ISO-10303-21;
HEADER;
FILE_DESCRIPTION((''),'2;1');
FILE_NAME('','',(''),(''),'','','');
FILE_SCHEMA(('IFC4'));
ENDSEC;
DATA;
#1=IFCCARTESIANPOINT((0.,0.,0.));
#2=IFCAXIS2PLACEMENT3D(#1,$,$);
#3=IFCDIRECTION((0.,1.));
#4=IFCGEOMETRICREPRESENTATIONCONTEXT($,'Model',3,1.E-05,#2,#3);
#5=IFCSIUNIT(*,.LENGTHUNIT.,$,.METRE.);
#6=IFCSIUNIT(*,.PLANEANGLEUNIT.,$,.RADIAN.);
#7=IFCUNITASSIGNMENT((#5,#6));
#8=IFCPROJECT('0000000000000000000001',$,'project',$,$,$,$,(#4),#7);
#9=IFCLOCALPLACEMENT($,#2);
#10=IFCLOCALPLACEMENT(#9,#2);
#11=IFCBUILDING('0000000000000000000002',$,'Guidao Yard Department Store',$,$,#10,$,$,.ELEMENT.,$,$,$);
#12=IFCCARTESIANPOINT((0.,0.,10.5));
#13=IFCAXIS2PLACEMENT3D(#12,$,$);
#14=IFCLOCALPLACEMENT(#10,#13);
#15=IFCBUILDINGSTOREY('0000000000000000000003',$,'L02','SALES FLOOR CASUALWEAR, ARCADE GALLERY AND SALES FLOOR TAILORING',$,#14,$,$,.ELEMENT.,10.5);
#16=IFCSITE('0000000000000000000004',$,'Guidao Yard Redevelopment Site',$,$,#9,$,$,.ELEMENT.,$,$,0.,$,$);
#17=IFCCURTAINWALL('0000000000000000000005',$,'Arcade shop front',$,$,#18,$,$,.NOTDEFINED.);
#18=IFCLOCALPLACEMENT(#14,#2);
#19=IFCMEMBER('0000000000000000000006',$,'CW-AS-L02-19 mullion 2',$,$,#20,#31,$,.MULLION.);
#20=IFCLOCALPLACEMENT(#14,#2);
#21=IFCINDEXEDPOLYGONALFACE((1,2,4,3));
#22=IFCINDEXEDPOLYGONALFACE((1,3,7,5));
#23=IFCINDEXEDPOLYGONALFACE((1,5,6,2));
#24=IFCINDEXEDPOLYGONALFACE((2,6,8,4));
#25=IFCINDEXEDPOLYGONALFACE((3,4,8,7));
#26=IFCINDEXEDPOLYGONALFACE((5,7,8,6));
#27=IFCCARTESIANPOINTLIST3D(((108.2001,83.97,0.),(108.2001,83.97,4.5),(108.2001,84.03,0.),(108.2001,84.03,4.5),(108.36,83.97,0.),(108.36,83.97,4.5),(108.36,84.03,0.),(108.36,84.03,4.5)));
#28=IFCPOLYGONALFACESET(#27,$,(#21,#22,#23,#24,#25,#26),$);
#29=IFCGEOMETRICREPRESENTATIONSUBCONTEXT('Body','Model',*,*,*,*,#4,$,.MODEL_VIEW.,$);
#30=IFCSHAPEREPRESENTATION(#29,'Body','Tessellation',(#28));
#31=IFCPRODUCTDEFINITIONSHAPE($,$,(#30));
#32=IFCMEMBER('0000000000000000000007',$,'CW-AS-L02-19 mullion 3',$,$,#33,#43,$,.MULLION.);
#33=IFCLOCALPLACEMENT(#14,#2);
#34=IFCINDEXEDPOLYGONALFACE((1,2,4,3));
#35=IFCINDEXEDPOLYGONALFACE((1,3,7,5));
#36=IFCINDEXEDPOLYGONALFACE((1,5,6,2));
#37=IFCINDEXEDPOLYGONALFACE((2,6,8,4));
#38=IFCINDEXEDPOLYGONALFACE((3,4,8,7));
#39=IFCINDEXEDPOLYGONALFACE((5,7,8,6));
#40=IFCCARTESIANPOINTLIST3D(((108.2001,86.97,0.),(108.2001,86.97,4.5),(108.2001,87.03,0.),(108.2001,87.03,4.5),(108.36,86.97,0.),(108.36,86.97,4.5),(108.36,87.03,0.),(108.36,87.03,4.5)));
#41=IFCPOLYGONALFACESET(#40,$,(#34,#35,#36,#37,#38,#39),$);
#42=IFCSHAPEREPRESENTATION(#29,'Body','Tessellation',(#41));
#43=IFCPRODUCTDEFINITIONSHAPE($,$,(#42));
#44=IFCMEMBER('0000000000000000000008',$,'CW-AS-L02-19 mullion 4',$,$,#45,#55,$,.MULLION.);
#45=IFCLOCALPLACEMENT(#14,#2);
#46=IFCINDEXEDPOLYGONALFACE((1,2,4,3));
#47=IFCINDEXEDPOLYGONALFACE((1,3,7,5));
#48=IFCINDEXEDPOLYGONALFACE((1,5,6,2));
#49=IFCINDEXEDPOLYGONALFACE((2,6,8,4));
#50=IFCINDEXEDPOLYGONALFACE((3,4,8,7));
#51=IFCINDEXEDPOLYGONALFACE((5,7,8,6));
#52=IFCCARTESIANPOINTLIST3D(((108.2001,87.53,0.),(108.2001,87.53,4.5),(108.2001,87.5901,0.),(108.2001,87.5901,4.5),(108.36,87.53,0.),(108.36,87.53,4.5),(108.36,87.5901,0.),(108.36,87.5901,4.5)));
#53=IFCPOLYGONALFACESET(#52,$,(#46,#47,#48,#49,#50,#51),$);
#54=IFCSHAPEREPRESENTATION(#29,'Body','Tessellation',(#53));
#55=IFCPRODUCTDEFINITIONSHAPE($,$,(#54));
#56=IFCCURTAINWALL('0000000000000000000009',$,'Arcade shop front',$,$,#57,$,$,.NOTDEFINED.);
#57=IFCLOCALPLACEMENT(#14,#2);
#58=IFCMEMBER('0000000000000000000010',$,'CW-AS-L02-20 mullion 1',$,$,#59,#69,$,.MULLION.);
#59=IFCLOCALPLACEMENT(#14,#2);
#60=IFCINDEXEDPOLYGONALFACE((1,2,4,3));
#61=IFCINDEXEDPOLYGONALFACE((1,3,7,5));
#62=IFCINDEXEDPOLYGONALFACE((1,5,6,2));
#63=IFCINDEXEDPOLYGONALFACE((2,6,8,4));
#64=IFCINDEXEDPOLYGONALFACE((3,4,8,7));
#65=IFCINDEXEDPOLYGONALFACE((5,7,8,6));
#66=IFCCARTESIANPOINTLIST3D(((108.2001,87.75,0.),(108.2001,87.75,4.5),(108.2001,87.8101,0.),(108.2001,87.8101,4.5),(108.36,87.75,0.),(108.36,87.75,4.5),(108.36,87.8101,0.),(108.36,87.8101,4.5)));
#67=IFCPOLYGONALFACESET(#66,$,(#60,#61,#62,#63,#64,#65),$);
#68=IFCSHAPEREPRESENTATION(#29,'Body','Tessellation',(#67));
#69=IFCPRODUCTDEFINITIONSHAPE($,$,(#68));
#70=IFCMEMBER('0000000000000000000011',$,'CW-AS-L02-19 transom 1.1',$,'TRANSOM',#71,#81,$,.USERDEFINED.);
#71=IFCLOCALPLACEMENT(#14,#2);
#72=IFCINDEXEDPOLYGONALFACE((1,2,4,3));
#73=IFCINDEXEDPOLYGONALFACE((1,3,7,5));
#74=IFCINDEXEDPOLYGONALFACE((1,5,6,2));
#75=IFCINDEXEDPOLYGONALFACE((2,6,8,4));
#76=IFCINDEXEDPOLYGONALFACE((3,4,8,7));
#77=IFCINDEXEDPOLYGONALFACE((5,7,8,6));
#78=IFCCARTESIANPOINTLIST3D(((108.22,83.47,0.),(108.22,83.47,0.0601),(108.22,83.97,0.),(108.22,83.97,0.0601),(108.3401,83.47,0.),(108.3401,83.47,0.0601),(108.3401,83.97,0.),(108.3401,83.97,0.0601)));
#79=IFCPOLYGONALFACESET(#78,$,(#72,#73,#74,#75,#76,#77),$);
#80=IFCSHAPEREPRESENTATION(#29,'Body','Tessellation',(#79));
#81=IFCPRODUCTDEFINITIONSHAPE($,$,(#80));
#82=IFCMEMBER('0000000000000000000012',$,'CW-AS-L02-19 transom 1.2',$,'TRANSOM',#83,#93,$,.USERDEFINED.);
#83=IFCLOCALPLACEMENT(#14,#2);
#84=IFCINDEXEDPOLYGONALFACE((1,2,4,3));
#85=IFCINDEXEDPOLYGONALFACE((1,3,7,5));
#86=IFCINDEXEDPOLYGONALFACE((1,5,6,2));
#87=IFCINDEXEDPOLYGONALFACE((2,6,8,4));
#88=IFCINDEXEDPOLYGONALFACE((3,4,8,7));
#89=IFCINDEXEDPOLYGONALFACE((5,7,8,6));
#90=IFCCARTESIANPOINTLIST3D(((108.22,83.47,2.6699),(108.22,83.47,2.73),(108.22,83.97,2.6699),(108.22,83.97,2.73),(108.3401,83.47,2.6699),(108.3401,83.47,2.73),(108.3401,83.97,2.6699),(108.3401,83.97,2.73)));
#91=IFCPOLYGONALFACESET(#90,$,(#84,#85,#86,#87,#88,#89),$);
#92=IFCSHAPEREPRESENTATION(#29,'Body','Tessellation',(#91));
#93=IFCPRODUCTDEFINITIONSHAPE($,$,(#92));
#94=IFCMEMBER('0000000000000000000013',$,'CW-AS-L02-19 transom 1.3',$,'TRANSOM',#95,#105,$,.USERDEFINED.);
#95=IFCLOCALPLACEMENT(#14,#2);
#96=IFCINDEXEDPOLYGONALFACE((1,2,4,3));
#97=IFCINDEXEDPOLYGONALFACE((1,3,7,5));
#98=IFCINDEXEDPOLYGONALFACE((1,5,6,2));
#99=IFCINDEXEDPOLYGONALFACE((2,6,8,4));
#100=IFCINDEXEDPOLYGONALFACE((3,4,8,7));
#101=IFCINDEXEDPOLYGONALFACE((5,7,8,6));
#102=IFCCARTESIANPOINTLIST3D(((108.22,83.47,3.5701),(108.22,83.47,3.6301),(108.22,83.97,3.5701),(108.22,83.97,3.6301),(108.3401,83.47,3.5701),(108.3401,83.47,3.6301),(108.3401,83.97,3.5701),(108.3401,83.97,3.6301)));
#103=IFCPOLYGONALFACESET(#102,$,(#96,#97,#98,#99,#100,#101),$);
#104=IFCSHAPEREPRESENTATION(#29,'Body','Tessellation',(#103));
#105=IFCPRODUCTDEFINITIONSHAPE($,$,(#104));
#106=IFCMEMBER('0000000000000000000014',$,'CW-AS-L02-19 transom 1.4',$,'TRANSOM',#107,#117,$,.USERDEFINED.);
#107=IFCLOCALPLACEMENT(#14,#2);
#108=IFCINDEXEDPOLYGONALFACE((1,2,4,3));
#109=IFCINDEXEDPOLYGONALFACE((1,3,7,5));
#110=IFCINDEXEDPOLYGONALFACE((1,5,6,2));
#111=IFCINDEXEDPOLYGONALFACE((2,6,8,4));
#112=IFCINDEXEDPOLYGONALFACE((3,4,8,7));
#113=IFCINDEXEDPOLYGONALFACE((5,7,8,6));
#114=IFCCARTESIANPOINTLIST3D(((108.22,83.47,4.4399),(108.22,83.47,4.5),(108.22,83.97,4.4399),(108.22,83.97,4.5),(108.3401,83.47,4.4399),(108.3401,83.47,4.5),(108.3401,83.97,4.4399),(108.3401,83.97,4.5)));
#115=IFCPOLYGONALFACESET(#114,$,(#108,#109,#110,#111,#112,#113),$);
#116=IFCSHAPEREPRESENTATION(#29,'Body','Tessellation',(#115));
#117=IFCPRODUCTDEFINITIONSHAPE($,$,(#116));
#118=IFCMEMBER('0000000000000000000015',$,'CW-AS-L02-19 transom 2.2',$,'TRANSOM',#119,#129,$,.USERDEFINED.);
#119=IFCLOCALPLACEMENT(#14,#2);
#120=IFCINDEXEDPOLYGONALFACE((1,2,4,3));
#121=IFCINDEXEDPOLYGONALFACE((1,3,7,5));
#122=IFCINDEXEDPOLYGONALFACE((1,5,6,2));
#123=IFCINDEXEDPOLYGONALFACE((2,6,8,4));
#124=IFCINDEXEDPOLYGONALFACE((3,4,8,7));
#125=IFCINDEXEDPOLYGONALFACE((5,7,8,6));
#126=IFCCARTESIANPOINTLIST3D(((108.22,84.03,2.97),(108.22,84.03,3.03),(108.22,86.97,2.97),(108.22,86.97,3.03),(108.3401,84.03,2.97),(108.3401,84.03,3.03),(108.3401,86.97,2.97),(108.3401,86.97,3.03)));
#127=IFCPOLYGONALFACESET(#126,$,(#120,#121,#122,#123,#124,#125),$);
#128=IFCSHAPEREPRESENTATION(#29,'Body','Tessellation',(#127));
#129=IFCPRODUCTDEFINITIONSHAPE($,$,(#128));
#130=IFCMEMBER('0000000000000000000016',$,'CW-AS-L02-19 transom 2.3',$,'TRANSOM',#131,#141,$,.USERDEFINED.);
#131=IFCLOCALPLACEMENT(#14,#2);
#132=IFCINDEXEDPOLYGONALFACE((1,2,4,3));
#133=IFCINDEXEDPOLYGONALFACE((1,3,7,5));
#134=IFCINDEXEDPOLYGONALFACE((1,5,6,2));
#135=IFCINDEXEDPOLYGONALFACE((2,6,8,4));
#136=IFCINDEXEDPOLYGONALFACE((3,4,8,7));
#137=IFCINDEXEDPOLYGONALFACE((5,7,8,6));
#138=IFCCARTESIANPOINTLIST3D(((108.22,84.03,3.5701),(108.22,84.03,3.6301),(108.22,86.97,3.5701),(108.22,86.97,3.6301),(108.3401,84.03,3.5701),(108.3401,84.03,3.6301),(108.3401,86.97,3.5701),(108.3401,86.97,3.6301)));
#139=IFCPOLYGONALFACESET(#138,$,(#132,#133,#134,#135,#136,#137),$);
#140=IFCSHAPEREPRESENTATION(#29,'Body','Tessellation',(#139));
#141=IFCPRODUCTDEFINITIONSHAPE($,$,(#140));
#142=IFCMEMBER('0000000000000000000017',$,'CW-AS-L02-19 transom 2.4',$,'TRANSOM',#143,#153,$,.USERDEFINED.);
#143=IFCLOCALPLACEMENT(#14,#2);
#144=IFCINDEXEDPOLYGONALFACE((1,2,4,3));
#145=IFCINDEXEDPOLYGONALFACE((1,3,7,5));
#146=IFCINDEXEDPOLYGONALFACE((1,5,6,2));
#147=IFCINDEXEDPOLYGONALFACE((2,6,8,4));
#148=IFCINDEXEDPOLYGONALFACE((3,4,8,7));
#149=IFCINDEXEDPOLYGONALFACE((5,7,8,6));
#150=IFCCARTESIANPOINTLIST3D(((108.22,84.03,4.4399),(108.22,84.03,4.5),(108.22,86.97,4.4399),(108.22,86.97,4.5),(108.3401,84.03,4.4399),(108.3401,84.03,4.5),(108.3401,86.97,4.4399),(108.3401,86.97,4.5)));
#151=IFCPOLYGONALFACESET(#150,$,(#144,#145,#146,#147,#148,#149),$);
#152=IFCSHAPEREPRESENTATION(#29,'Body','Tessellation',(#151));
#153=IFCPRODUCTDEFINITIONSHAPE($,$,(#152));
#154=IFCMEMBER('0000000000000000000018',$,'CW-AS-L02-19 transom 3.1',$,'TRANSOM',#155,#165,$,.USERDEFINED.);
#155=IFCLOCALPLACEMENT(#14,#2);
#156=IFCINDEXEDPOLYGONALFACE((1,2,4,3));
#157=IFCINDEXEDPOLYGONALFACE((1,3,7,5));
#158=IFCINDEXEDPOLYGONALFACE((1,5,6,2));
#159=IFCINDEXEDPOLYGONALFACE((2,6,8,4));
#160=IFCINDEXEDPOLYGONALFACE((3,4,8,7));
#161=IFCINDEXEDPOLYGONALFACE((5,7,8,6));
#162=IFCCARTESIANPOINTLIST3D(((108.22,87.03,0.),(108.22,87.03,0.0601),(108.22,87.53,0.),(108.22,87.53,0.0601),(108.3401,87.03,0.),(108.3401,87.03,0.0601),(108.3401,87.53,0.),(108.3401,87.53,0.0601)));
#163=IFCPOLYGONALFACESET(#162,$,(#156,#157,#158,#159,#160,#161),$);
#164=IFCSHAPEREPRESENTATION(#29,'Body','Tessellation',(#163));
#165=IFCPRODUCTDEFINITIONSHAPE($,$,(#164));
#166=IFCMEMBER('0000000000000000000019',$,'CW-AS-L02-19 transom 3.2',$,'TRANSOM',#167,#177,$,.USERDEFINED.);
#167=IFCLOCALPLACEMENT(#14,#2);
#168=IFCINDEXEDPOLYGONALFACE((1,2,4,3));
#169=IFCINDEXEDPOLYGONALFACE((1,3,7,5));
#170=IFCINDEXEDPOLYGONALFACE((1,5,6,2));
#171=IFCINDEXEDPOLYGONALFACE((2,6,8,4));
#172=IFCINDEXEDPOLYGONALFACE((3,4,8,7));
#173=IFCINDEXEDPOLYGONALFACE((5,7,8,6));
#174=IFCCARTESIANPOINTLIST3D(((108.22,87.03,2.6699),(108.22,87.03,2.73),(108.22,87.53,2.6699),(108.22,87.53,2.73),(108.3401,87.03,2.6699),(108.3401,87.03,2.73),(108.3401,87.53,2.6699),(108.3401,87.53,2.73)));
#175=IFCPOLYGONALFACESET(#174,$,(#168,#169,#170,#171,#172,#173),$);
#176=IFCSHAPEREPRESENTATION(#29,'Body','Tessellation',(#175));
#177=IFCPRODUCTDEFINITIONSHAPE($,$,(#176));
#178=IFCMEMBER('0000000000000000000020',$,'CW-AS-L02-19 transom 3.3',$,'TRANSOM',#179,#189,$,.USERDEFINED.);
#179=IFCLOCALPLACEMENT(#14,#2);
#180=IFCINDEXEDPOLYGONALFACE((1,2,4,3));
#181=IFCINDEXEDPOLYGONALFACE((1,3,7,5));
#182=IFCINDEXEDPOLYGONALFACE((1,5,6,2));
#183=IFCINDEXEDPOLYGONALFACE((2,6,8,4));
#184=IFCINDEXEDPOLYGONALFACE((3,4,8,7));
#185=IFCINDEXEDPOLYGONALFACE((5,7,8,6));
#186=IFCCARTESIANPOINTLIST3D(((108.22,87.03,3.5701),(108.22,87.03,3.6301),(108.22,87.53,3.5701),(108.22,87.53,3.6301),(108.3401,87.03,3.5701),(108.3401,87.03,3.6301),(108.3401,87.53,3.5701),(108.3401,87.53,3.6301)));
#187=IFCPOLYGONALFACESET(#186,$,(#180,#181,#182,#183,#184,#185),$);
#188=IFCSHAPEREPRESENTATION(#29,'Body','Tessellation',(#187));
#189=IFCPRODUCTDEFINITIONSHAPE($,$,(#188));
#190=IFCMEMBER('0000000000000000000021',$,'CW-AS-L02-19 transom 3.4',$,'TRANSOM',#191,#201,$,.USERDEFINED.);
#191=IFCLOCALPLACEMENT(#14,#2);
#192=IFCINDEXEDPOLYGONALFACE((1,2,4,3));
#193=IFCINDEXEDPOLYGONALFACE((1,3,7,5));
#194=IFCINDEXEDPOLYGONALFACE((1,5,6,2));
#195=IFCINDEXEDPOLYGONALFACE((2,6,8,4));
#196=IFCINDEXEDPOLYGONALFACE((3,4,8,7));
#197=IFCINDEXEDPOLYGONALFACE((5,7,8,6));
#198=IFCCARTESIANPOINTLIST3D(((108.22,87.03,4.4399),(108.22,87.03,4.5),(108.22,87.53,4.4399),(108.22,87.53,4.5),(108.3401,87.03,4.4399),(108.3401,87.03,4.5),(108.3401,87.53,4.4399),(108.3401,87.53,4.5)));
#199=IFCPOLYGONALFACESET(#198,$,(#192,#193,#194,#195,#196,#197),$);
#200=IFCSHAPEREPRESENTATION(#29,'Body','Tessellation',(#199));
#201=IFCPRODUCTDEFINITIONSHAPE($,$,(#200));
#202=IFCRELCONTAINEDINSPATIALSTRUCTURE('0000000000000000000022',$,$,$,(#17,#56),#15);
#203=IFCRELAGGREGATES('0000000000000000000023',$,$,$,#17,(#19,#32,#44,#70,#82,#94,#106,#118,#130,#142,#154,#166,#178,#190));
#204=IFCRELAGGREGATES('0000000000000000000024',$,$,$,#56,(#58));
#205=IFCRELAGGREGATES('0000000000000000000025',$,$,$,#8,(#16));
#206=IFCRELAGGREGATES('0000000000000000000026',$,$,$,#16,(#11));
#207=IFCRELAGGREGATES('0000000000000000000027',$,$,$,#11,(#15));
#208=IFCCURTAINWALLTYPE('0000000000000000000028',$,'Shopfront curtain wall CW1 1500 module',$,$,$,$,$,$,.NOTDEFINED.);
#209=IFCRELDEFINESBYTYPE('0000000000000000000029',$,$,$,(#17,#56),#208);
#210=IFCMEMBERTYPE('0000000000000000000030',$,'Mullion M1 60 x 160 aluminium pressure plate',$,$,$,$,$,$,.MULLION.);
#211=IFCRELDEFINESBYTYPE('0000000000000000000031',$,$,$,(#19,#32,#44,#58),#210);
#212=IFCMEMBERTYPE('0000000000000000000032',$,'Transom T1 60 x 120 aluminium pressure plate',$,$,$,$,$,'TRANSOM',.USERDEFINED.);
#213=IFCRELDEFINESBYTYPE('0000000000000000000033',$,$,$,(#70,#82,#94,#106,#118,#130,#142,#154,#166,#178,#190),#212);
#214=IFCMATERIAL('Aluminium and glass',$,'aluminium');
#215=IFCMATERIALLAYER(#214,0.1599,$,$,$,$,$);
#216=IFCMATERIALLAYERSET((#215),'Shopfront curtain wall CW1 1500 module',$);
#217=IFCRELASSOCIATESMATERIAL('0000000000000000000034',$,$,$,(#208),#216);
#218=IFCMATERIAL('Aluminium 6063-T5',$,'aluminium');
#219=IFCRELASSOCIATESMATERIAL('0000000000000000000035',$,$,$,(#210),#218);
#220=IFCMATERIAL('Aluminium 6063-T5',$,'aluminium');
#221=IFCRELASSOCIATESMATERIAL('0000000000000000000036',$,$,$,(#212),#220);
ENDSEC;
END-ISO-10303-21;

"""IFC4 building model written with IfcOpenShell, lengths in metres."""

from ifc_helpers import new_model, si_unit, direction, frame, origin, origin_2d, place, context, subcontext, project, spatial, rectangle, extrude, material, layer, layer_set, material_profile, profile_set, type_object, element, aggregate, save


model = new_model("IFC4")

# Units and contexts
model_context = context("Model", 3, precision=1e-05, world=origin(), true_north=direction((0.0, 1.0)))
body_context = subcontext(model_context, "Body", "Model", "MODEL_VIEW")
ifc_project = project(units=[si_unit("LENGTHUNIT", "METRE"), si_unit("PLANEANGLEUNIT", "RADIAN")], contexts=[model_context])

# Site, building, storey
site_placement = place(None, origin())
site = spatial("IfcSite", under=ifc_project, at=site_placement, Name="Guidao Yard Redevelopment Site", CompositionType="ELEMENT", RefElevation=0.0)
building_placement = place(site_placement, origin())
building = spatial("IfcBuilding", under=site, at=building_placement, Name="Guidao Yard Department Store", CompositionType="ELEMENT")
storey_placement = place(building_placement, frame((0.0, 0.0, 10.5)))
storey = spatial("IfcBuildingStorey", under=building, at=storey_placement, Name="L02", Description="SALES FLOOR CASUALWEAR, ARCADE GALLERY AND SALES FLOOR TAILORING", CompositionType="ELEMENT", Elevation=10.5)

# Curtain wall, members
ifc_material_1 = material(Name="Aluminium and glass", Category="aluminium")
ifc_layer_1 = layer(ifc_material_1, 0.1599)
ifc_layer_set_1 = layer_set([ifc_layer_1], Name="Shopfront curtain wall CW1 1500 module")
curtain_wall_type = type_object("IfcCurtainWallType", Name="Shopfront curtain wall CW1 1500 module", PredefinedType="NOTDEFINED", material=ifc_layer_set_1)
curtain_wall_1_placement = place(storey_placement, origin())
curtain_wall_1 = element("IfcCurtainWall", 1, at=curtain_wall_1_placement, inside=storey, type_object=curtain_wall_type, Name="Arcade shop front", PredefinedType="NOTDEFINED")
ifc_material_2 = material(Name="Aluminium 6063-T5", Category="aluminium")
ifc_material_profile_1 = material_profile(ifc_material_2, rectangle(XDim=0.0601, YDim=0.1599, at=origin_2d()), Name="Mullion M1 60 x 160 aluminium pressure plate")
ifc_profile_set_1 = profile_set([ifc_material_profile_1], Name="Aluminium 6063-T5")
member_type_1 = type_object("IfcMemberType", Name="Mullion M1 60 x 160 aluminium pressure plate", PredefinedType="MULLION", material=ifc_profile_set_1)
member_1_placement = place(storey_placement, frame((108.28, 84.0, 0.0), z_axis=(0.0, 0.0, 1.0), x_axis=(0.0, -1.0, 0.0)))
member_1 = element("IfcMember", 2, at=member_1_placement, type_object=member_type_1, Name="CW-AS-L02-19 mullion 2", PredefinedType="MULLION", context=body_context, shape_type="SweptSolid", body=[
    extrude(rectangle(XDim=0.0601, YDim=0.1599, at=origin_2d()), origin(), (0.0, 0.0, 1.0), 4.5),
])
member_2_placement = place(storey_placement, frame((108.28, 87.0, 0.0), z_axis=(0.0, 0.0, 1.0), x_axis=(0.0, -1.0, 0.0)))
member_2 = element("IfcMember", 3, at=member_2_placement, type_object=member_type_1, Name="CW-AS-L02-19 mullion 3", PredefinedType="MULLION", context=body_context, shape_type="SweptSolid", body=[
    extrude(rectangle(XDim=0.0601, YDim=0.1599, at=origin_2d()), origin(), (0.0, 0.0, 1.0), 4.5),
])
member_3_placement = place(storey_placement, frame((108.28, 87.5601, 0.0), z_axis=(0.0, 0.0, 1.0), x_axis=(0.0, -1.0, 0.0)))
member_3 = element("IfcMember", 4, at=member_3_placement, type_object=member_type_1, Name="CW-AS-L02-19 mullion 4", PredefinedType="MULLION", context=body_context, shape_type="SweptSolid", body=[
    extrude(rectangle(XDim=0.0601, YDim=0.1599, at=origin_2d()), origin(), (0.0, 0.0, 1.0), 4.5),
])

# Curtain wall, member
curtain_wall_2_placement = place(storey_placement, origin())
curtain_wall_2 = element("IfcCurtainWall", 5, at=curtain_wall_2_placement, inside=storey, type_object=curtain_wall_type, Name="Arcade shop front", PredefinedType="NOTDEFINED")
member_4_placement = place(storey_placement, frame((108.28, 87.78, 0.0), z_axis=(0.0, 0.0, 1.0), x_axis=(0.0, -1.0, 0.0)))
member_4 = element("IfcMember", 6, at=member_4_placement, type_object=member_type_1, Name="CW-AS-L02-20 mullion 1", PredefinedType="MULLION", context=body_context, shape_type="SweptSolid", body=[
    extrude(rectangle(XDim=0.0601, YDim=0.1599, at=origin_2d()), origin(), (0.0, 0.0, 1.0), 4.5),
])

# Members
ifc_material_3 = material(Name="Aluminium 6063-T5", Category="aluminium")
ifc_material_profile_2 = material_profile(ifc_material_3, rectangle(XDim=0.1201, YDim=0.0601, at=origin_2d()), Name="Transom T1 60 x 120 aluminium pressure plate")
ifc_profile_set_2 = profile_set([ifc_material_profile_2], Name="Aluminium 6063-T5")
member_type_2 = type_object("IfcMemberType", Name="Transom T1 60 x 120 aluminium pressure plate", ElementType="TRANSOM", PredefinedType="USERDEFINED", material=ifc_profile_set_2)
member_5_placement = place(storey_placement, frame((108.28, 83.97, 0.03), z_axis=(0.0, -1.0, 0.0), x_axis=(1.0, 0.0, 0.0)))
member_5 = element("IfcMember", 7, at=member_5_placement, type_object=member_type_2, Name="CW-AS-L02-19 transom 1.1", ObjectType="TRANSOM", PredefinedType="USERDEFINED", context=body_context, shape_type="SweptSolid", body=[
    extrude(rectangle(XDim=0.1201, YDim=0.0601, at=origin_2d()), origin(), (0.0, 0.0, 1.0), 0.5),
])
member_6_placement = place(storey_placement, frame((108.28, 83.97, 2.7), z_axis=(0.0, -1.0, 0.0), x_axis=(1.0, 0.0, 0.0)))
member_6 = element("IfcMember", 8, at=member_6_placement, type_object=member_type_2, Name="CW-AS-L02-19 transom 1.2", ObjectType="TRANSOM", PredefinedType="USERDEFINED", context=body_context, shape_type="SweptSolid", body=[
    extrude(rectangle(XDim=0.1201, YDim=0.0601, at=origin_2d()), origin(), (0.0, 0.0, 1.0), 0.5),
])
member_7_placement = place(storey_placement, frame((108.28, 83.97, 3.6001), z_axis=(0.0, -1.0, 0.0), x_axis=(1.0, 0.0, 0.0)))
member_7 = element("IfcMember", 9, at=member_7_placement, type_object=member_type_2, Name="CW-AS-L02-19 transom 1.3", ObjectType="TRANSOM", PredefinedType="USERDEFINED", context=body_context, shape_type="SweptSolid", body=[
    extrude(rectangle(XDim=0.1201, YDim=0.0601, at=origin_2d()), origin(), (0.0, 0.0, 1.0), 0.5),
])
member_8_placement = place(storey_placement, frame((108.28, 83.97, 4.47), z_axis=(0.0, -1.0, 0.0), x_axis=(1.0, 0.0, 0.0)))
member_8 = element("IfcMember", 10, at=member_8_placement, type_object=member_type_2, Name="CW-AS-L02-19 transom 1.4", ObjectType="TRANSOM", PredefinedType="USERDEFINED", context=body_context, shape_type="SweptSolid", body=[
    extrude(rectangle(XDim=0.1201, YDim=0.0601, at=origin_2d()), origin(), (0.0, 0.0, 1.0), 0.5),
])
member_9_placement = place(storey_placement, frame((108.28, 86.97, 3.0), z_axis=(0.0, -1.0, 0.0), x_axis=(1.0, 0.0, 0.0)))
member_9 = element("IfcMember", 11, at=member_9_placement, type_object=member_type_2, Name="CW-AS-L02-19 transom 2.2", ObjectType="TRANSOM", PredefinedType="USERDEFINED", context=body_context, shape_type="SweptSolid", body=[
    extrude(rectangle(XDim=0.1201, YDim=0.0601, at=origin_2d()), origin(), (0.0, 0.0, 1.0), 2.9399),
])
member_10_placement = place(storey_placement, frame((108.28, 86.97, 3.6001), z_axis=(0.0, -1.0, 0.0), x_axis=(1.0, 0.0, 0.0)))
member_10 = element("IfcMember", 12, at=member_10_placement, type_object=member_type_2, Name="CW-AS-L02-19 transom 2.3", ObjectType="TRANSOM", PredefinedType="USERDEFINED", context=body_context, shape_type="SweptSolid", body=[
    extrude(rectangle(XDim=0.1201, YDim=0.0601, at=origin_2d()), origin(), (0.0, 0.0, 1.0), 2.9399),
])
member_11_placement = place(storey_placement, frame((108.28, 86.97, 4.47), z_axis=(0.0, -1.0, 0.0), x_axis=(1.0, 0.0, 0.0)))
member_11 = element("IfcMember", 13, at=member_11_placement, type_object=member_type_2, Name="CW-AS-L02-19 transom 2.4", ObjectType="TRANSOM", PredefinedType="USERDEFINED", context=body_context, shape_type="SweptSolid", body=[
    extrude(rectangle(XDim=0.1201, YDim=0.0601, at=origin_2d()), origin(), (0.0, 0.0, 1.0), 2.9399),
])
member_12_placement = place(storey_placement, frame((108.28, 87.53, 0.03), z_axis=(0.0, -1.0, 0.0), x_axis=(1.0, 0.0, 0.0)))
member_12 = element("IfcMember", 14, at=member_12_placement, type_object=member_type_2, Name="CW-AS-L02-19 transom 3.1", ObjectType="TRANSOM", PredefinedType="USERDEFINED", context=body_context, shape_type="SweptSolid", body=[
    extrude(rectangle(XDim=0.1201, YDim=0.0601, at=origin_2d()), origin(), (0.0, 0.0, 1.0), 0.5),
])
member_13_placement = place(storey_placement, frame((108.28, 87.53, 2.7), z_axis=(0.0, -1.0, 0.0), x_axis=(1.0, 0.0, 0.0)))
member_13 = element("IfcMember", 15, at=member_13_placement, type_object=member_type_2, Name="CW-AS-L02-19 transom 3.2", ObjectType="TRANSOM", PredefinedType="USERDEFINED", context=body_context, shape_type="SweptSolid", body=[
    extrude(rectangle(XDim=0.1201, YDim=0.0601, at=origin_2d()), origin(), (0.0, 0.0, 1.0), 0.5),
])
member_14_placement = place(storey_placement, frame((108.28, 87.53, 3.6001), z_axis=(0.0, -1.0, 0.0), x_axis=(1.0, 0.0, 0.0)))
member_14 = element("IfcMember", 16, at=member_14_placement, type_object=member_type_2, Name="CW-AS-L02-19 transom 3.3", ObjectType="TRANSOM", PredefinedType="USERDEFINED", context=body_context, shape_type="SweptSolid", body=[
    extrude(rectangle(XDim=0.1201, YDim=0.0601, at=origin_2d()), origin(), (0.0, 0.0, 1.0), 0.5),
])
member_15_placement = place(storey_placement, frame((108.28, 87.53, 4.47), z_axis=(0.0, -1.0, 0.0), x_axis=(1.0, 0.0, 0.0)))
member_15 = element("IfcMember", 17, at=member_15_placement, type_object=member_type_2, Name="CW-AS-L02-19 transom 3.4", ObjectType="TRANSOM", PredefinedType="USERDEFINED", context=body_context, shape_type="SweptSolid", body=[
    extrude(rectangle(XDim=0.1201, YDim=0.0601, at=origin_2d()), origin(), (0.0, 0.0, 1.0), 0.5),
])

aggregate(curtain_wall_1, [member_1, member_2, member_3, member_5, member_6, member_7, member_8, member_9, member_10, member_11, member_12, member_13, member_14, member_15])
aggregate(curtain_wall_2, [member_4])

save(model, "model.ifc")
